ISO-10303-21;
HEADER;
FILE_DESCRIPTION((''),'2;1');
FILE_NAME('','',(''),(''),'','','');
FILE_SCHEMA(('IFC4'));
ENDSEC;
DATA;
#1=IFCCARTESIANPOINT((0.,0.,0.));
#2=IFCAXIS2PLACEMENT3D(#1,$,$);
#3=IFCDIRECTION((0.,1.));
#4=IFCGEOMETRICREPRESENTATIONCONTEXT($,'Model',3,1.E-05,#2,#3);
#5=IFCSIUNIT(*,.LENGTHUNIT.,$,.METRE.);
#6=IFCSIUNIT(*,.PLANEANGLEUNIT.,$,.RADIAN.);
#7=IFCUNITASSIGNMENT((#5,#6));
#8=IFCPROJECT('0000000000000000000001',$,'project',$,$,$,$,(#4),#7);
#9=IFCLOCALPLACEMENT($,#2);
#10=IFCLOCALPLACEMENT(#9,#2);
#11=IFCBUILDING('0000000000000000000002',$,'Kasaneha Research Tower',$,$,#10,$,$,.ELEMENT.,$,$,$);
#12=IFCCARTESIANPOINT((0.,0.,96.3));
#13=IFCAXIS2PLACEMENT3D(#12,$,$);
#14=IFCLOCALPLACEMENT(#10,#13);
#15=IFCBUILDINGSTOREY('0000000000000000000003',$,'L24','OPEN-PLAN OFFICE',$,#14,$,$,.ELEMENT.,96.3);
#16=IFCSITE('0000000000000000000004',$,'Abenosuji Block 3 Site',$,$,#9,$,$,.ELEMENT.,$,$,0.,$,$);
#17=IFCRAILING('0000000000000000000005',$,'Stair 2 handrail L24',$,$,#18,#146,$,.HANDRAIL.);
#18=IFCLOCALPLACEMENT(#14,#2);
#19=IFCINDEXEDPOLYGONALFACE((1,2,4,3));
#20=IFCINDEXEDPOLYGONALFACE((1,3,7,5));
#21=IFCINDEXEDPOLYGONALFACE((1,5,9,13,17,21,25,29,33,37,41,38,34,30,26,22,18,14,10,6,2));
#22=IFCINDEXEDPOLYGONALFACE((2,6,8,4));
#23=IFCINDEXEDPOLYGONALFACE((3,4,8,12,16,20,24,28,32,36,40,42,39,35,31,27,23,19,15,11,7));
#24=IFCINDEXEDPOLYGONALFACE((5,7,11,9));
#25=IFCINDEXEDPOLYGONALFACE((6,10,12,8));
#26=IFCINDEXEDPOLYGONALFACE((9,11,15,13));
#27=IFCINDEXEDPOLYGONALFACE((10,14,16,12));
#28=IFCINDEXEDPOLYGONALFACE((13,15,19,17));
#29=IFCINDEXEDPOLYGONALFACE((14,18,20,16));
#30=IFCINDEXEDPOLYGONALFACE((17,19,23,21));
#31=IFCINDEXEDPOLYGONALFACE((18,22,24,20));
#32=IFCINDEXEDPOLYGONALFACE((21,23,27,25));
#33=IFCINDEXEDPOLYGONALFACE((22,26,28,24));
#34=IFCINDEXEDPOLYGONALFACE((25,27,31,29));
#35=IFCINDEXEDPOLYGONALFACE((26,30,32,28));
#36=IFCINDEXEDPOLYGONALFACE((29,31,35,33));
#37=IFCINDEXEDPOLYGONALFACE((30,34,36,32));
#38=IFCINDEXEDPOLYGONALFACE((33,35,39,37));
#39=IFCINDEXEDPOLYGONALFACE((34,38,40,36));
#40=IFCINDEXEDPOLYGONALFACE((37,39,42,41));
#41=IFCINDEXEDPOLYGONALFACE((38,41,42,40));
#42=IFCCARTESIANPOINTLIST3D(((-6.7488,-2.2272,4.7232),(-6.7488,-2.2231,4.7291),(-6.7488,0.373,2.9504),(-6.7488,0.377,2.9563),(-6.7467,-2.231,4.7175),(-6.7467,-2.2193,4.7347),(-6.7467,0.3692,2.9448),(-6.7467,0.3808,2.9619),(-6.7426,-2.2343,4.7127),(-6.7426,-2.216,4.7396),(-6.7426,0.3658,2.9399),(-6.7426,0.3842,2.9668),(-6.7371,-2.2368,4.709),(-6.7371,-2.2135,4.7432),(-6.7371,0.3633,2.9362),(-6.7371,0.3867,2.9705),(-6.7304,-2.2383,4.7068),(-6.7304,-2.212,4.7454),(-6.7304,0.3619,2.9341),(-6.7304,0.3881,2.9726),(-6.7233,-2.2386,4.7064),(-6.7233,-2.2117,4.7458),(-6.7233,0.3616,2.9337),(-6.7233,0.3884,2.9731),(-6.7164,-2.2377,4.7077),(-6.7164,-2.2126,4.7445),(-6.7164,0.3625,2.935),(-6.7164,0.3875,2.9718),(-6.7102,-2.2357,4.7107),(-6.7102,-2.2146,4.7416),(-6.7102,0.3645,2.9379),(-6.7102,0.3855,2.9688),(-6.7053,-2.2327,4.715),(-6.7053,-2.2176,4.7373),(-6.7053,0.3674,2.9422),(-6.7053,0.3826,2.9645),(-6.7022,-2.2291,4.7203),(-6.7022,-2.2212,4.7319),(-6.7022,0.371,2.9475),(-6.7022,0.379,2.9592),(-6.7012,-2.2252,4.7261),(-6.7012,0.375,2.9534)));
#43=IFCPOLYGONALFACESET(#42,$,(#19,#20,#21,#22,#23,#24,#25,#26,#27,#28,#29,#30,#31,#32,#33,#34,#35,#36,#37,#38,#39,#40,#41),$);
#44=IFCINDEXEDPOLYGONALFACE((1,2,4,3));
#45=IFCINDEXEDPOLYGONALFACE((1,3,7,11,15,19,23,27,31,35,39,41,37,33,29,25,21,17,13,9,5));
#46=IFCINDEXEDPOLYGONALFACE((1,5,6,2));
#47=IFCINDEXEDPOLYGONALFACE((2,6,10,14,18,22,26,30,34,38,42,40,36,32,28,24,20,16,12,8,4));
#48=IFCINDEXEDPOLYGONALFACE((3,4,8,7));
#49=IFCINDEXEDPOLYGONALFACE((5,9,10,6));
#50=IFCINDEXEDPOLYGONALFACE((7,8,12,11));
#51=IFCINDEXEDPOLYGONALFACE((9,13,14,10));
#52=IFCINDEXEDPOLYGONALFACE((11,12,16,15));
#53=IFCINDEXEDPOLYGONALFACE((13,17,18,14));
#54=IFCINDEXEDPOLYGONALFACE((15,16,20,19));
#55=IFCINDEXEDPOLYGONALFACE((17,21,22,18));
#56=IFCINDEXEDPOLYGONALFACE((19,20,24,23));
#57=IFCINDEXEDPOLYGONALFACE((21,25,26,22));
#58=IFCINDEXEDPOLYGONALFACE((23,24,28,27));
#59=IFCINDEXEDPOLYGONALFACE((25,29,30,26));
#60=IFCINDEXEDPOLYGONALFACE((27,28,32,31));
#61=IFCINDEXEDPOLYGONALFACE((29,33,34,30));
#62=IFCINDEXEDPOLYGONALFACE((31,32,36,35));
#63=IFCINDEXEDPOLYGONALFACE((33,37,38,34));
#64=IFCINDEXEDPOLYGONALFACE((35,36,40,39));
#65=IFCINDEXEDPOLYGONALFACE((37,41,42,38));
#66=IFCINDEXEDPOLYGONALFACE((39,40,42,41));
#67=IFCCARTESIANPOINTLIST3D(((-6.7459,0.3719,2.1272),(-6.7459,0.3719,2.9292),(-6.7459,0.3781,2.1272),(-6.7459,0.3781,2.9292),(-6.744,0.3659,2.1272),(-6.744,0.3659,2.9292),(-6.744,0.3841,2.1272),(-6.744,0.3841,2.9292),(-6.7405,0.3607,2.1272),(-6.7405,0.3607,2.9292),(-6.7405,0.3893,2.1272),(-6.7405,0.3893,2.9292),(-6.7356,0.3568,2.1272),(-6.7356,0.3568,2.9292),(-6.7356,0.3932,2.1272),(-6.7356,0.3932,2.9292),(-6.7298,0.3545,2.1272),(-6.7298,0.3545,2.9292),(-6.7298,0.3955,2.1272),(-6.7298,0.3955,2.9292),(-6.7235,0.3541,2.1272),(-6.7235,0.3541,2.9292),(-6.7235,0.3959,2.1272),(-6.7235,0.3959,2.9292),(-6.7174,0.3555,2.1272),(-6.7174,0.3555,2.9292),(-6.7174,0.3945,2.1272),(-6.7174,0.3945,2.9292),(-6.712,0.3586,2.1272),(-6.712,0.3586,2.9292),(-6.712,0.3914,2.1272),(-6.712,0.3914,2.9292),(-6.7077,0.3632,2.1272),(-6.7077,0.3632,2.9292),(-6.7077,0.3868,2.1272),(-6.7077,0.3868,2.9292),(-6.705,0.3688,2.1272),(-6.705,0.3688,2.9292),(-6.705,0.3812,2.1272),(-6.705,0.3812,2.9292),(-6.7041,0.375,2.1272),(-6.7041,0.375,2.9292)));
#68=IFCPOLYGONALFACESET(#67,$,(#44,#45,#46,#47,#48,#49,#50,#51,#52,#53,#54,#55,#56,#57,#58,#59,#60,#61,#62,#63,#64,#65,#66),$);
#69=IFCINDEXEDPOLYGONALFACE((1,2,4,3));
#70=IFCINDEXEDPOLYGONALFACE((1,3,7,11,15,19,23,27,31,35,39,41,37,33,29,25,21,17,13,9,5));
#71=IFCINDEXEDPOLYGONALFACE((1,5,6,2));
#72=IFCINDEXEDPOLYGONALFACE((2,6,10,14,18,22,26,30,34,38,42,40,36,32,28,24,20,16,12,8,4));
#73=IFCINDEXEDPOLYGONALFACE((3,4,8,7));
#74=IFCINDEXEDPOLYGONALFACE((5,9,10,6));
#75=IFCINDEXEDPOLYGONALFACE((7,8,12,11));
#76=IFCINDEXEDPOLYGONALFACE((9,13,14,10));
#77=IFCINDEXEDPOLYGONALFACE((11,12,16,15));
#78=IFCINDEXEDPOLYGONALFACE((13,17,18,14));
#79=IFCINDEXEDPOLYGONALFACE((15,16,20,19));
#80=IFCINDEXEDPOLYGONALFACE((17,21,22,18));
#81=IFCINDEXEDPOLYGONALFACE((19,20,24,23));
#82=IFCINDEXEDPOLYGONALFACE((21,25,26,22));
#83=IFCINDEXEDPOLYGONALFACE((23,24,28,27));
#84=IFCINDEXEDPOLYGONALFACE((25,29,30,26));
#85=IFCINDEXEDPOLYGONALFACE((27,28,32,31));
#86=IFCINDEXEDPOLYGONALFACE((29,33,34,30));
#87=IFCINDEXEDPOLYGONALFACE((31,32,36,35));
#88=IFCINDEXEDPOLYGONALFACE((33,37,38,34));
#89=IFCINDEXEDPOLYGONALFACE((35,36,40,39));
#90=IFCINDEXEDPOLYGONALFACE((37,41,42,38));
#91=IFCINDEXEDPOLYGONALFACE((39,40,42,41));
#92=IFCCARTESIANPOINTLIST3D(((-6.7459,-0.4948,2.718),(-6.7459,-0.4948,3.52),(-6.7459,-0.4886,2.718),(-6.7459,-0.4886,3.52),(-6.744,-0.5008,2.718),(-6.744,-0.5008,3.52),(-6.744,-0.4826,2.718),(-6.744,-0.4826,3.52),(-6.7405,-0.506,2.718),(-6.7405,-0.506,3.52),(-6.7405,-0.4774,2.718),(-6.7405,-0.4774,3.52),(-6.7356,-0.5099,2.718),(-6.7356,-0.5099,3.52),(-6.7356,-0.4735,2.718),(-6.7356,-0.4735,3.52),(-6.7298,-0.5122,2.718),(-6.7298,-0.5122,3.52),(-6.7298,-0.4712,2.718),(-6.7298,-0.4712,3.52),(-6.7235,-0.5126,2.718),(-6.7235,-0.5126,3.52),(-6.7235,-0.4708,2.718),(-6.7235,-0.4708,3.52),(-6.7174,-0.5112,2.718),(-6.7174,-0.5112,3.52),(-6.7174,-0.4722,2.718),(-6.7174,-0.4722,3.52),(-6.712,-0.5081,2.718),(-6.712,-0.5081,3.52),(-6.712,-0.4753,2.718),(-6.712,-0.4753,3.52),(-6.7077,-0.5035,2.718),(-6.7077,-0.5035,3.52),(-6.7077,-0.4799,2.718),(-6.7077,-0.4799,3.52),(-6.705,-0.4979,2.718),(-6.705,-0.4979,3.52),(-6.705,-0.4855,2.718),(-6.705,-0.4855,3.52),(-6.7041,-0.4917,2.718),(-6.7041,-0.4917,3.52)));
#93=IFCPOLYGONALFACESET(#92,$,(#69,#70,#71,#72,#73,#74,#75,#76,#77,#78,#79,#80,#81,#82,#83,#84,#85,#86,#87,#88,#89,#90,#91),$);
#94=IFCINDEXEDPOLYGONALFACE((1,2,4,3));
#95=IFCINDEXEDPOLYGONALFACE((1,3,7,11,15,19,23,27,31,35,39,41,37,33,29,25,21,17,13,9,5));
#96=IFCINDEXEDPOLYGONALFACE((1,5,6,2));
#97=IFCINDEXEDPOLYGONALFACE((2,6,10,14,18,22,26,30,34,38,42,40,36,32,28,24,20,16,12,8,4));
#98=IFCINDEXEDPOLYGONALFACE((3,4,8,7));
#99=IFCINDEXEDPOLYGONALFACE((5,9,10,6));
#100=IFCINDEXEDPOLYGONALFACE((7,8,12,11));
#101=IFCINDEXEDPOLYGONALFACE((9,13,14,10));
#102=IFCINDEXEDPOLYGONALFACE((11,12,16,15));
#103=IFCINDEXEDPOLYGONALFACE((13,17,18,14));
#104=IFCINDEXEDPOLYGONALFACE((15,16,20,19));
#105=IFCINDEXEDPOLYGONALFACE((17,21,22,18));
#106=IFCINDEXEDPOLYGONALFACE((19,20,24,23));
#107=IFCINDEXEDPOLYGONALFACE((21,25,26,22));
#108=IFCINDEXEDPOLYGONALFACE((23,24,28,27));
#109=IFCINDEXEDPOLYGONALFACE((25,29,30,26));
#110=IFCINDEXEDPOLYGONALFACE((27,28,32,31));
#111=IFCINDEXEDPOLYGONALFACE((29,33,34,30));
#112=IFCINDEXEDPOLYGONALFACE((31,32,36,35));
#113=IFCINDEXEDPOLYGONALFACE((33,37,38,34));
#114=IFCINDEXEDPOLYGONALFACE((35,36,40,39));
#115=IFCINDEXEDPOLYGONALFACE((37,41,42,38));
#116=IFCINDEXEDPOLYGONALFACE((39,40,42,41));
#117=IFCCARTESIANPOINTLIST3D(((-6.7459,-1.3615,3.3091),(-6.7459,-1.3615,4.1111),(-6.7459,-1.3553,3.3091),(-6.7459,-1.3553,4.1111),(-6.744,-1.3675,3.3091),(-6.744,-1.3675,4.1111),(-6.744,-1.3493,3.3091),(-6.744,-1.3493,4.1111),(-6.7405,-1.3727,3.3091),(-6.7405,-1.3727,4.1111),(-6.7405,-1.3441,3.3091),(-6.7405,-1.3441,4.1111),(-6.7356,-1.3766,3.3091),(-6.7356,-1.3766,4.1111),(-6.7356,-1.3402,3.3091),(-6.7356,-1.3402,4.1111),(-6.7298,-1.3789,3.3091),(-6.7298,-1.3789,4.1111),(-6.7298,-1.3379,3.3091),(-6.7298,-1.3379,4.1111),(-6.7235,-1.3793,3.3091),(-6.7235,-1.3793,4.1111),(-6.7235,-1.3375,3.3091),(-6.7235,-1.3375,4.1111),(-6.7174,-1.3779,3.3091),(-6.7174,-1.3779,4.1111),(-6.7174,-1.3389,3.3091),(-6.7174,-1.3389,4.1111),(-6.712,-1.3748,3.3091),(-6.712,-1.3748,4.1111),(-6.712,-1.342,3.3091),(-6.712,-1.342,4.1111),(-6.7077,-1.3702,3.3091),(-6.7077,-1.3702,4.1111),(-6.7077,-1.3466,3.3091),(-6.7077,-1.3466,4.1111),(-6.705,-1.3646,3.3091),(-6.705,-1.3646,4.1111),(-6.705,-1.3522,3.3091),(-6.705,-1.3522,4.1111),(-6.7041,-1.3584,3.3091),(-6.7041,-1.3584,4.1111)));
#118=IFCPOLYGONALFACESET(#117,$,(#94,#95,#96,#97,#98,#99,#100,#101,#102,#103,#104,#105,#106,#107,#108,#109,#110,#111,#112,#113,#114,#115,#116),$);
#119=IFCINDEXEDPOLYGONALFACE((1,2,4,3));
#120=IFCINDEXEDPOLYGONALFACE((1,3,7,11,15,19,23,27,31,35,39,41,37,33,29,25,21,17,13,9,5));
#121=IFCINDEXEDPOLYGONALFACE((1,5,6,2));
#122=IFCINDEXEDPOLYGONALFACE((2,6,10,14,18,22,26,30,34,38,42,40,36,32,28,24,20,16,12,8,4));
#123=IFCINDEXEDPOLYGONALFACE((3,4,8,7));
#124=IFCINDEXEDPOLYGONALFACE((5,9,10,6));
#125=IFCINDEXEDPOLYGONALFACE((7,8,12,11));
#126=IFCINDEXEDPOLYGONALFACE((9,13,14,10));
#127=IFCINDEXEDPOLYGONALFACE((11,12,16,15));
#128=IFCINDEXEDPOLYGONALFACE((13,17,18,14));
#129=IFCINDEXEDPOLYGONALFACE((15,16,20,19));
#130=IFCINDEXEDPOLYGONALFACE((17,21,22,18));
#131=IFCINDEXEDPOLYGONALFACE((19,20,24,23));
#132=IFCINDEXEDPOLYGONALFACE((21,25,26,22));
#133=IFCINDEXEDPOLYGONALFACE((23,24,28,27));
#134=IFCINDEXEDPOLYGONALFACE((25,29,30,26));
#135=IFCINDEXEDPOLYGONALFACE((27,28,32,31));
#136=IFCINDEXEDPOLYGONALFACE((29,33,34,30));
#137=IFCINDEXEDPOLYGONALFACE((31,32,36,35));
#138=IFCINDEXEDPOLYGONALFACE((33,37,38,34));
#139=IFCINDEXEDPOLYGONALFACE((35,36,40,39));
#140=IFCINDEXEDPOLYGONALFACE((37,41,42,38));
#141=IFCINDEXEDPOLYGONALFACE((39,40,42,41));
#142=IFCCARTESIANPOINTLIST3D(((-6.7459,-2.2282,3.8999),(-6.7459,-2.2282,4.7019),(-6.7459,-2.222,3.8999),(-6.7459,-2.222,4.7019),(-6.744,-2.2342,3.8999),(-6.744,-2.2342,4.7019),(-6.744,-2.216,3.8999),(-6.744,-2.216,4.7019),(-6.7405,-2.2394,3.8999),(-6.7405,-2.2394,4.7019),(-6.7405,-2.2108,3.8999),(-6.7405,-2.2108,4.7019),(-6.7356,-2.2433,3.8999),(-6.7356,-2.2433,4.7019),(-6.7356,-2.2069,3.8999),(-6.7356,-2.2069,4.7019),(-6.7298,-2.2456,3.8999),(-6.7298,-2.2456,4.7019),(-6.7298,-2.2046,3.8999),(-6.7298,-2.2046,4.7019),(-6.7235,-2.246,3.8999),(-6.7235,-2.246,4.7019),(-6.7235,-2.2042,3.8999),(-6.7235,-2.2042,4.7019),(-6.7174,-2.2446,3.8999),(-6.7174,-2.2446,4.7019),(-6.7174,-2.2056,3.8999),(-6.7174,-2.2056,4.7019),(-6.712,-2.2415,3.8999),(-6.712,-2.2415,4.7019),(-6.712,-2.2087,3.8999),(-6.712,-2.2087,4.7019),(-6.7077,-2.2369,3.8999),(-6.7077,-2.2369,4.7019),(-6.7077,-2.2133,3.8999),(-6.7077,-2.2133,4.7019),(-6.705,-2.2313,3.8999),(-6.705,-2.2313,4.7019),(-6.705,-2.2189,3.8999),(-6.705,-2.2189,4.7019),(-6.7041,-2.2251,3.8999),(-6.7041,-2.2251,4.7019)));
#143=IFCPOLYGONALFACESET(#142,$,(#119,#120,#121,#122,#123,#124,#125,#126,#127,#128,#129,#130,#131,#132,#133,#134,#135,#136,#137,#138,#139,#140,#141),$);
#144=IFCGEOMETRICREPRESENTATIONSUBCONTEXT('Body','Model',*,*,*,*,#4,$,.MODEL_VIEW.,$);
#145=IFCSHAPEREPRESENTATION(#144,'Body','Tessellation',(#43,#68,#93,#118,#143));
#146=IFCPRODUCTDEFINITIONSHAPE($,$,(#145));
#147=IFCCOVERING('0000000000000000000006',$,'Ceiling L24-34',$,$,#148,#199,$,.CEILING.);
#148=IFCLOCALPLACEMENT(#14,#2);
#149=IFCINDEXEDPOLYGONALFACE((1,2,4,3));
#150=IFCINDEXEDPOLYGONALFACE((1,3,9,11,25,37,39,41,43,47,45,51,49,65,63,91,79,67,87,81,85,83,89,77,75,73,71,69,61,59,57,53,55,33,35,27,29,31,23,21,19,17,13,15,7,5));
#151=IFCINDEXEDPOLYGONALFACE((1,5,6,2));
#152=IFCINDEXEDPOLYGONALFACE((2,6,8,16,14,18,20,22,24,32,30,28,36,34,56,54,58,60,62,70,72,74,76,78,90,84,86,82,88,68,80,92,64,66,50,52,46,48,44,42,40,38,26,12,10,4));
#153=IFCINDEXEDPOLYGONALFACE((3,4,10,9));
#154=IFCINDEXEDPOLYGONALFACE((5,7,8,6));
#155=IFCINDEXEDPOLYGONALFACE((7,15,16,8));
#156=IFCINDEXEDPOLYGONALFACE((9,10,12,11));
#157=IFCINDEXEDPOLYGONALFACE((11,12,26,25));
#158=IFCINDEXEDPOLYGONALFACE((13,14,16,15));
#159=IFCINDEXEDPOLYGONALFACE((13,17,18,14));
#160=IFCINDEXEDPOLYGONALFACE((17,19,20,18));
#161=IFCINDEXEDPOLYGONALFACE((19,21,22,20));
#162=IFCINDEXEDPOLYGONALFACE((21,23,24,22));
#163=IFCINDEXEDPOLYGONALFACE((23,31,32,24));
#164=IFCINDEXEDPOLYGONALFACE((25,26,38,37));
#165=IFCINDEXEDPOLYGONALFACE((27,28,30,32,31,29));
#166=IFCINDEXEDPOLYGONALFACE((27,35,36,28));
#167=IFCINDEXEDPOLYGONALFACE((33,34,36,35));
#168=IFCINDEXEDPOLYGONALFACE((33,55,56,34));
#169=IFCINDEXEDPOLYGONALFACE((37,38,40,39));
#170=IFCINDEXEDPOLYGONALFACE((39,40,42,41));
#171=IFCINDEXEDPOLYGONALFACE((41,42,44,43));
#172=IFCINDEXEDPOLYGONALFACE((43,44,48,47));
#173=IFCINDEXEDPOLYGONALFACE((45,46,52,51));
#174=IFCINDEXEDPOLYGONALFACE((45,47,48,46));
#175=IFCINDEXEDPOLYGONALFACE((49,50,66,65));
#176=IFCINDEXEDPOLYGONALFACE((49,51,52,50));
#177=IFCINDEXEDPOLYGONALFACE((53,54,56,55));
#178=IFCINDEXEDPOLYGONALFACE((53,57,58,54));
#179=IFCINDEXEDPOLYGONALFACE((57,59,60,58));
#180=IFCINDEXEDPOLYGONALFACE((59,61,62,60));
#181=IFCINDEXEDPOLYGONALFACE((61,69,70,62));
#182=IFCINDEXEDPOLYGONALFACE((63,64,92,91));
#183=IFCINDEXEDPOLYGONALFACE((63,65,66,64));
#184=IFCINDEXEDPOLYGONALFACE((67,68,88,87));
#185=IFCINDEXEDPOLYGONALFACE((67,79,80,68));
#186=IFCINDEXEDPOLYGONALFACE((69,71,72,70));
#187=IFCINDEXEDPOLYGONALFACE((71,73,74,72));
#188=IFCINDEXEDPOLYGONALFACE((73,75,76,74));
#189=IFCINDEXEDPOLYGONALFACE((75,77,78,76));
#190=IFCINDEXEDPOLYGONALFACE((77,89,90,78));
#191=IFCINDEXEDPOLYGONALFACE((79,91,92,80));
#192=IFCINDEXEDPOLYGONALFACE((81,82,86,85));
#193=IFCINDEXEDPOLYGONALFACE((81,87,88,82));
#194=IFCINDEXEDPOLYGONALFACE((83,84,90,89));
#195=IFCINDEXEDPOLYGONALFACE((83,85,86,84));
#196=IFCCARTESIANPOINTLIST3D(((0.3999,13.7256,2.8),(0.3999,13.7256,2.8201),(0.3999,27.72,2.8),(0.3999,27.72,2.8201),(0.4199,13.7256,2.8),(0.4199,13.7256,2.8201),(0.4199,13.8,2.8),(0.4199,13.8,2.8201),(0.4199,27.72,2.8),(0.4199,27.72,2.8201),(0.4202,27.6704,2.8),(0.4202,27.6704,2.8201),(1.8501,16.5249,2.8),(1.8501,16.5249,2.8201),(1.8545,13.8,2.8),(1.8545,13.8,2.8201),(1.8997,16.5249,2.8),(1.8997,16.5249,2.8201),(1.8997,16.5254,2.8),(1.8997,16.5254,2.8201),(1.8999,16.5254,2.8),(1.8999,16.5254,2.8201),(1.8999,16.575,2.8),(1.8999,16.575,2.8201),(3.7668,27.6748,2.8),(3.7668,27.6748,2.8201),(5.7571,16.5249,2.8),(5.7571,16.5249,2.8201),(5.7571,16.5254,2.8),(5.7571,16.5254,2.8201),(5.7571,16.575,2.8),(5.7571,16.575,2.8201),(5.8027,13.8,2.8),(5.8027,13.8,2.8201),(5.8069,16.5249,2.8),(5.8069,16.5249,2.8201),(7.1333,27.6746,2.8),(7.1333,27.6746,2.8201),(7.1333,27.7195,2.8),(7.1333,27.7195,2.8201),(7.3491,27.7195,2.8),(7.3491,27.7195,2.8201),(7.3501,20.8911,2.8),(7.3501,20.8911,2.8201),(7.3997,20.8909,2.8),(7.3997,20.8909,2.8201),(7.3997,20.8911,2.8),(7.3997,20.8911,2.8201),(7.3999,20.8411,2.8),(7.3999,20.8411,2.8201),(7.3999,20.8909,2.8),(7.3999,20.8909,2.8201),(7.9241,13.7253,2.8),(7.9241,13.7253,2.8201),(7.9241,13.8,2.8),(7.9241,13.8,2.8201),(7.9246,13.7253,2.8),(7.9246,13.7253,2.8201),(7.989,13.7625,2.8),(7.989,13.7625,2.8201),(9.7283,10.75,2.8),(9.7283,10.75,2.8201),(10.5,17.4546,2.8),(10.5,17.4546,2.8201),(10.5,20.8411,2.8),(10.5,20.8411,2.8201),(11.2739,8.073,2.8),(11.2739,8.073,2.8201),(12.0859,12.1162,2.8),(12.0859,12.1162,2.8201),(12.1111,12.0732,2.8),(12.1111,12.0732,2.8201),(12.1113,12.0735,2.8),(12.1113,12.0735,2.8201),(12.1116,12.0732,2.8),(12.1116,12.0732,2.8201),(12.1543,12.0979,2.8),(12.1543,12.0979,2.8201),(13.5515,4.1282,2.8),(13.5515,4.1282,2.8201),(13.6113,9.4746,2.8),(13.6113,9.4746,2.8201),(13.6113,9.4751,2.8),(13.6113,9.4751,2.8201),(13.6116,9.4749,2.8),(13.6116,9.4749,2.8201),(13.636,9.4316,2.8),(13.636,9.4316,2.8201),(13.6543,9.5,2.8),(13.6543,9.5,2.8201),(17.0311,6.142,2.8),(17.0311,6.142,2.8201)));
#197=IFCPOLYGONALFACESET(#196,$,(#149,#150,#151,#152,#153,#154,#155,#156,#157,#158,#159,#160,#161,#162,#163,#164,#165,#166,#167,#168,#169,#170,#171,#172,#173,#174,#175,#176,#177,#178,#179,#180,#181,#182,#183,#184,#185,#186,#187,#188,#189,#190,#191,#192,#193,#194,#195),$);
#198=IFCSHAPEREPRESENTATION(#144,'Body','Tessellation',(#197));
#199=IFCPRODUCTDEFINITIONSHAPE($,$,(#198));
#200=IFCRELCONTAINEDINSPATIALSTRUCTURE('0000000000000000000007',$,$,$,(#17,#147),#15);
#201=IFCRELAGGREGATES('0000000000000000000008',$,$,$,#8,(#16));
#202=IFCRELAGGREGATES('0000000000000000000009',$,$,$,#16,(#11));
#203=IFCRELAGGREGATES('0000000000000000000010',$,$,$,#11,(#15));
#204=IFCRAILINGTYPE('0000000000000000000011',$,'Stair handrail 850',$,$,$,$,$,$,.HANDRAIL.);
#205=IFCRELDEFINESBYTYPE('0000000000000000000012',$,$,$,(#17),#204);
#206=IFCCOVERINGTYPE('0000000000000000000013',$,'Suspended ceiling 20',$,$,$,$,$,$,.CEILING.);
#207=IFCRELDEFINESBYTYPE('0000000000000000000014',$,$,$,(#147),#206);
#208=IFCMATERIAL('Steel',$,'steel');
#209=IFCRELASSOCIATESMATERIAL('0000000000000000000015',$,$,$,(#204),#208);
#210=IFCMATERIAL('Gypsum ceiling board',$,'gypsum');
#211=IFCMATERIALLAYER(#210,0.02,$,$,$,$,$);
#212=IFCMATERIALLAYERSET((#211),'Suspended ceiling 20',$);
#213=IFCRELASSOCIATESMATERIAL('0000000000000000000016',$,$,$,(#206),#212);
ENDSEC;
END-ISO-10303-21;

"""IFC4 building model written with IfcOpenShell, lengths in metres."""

from ifc_helpers import new_model, si_unit, direction, frame, origin, origin_2d, place, context, subcontext, project, spatial, polyline, circle, outline, extrude, material, layer, layer_set, type_object, element, save


model = new_model("IFC4")

# Units and contexts
model_context = context("Model", 3, precision=1e-05, world=origin(), true_north=direction((0.0, 1.0)))
body_context = subcontext(model_context, "Body", "Model", "MODEL_VIEW")
ifc_project = project(units=[si_unit("LENGTHUNIT", "METRE"), si_unit("PLANEANGLEUNIT", "RADIAN")], contexts=[model_context])

# Site, building, storey
site_placement = place(None, origin())
site = spatial("IfcSite", under=ifc_project, at=site_placement, Name="Abenosuji Block 3 Site", CompositionType="ELEMENT", RefElevation=0.0)
building_placement = place(site_placement, origin())
building = spatial("IfcBuilding", under=site, at=building_placement, Name="Kasaneha Research Tower", CompositionType="ELEMENT")
storey_placement = place(building_placement, frame((0.0, 0.0, 96.3)))
storey = spatial("IfcBuildingStorey", under=building, at=storey_placement, Name="L24", Description="OPEN-PLAN OFFICE", CompositionType="ELEMENT", Elevation=96.3)

# Railing
ifc_material_1 = material(Name="Steel", Category="steel")
railing_type = type_object("IfcRailingType", Name="Stair handrail 850", PredefinedType="HANDRAIL", material=ifc_material_1)
railing_placement = place(storey_placement, frame((-6.7251, 0.375, 2.1272)))
element("IfcRailing", 1, at=railing_placement, inside=storey, type_object=railing_type, Name="Stair 2 handrail L24", PredefinedType="HANDRAIL", context=body_context, shape_type="SweptSolid", body=[
    extrude(circle(Radius=0.0239, at=origin_2d()), frame((0.0, 0.0, 0.8262), z_axis=(0.0, -0.82624, 0.563318), x_axis=(1.0, 0.0, 0.0)), (0.0, 0.0, 1.0), 3.147),
    extrude(circle(Radius=0.021, at=origin_2d()), origin(), (0.0, 0.0, 1.0), 0.802),
    extrude(circle(Radius=0.021, at=origin_2d()), frame((0.0, -0.8667, 0.5908)), (0.0, 0.0, 1.0), 0.802),
    extrude(circle(Radius=0.021, at=origin_2d()), frame((0.0, -1.7334, 1.1819)), (0.0, 0.0, 1.0), 0.802),
    extrude(circle(Radius=0.021, at=origin_2d()), frame((0.0, -2.6001, 1.7727)), (0.0, 0.0, 1.0), 0.802),
])

# Covering
ifc_material_2 = material(Name="Gypsum ceiling board", Category="gypsum")
ifc_layer_1 = layer(ifc_material_2, 0.02)
ifc_layer_set_1 = layer_set([ifc_layer_1], Name="Suspended ceiling 20")
covering_type = type_object("IfcCoveringType", Name="Suspended ceiling 20", PredefinedType="CEILING", material=ifc_layer_set_1)
covering_1_placement = place(storey_placement, frame((0.0, 0.0, 2.8)))
element("IfcCovering", 2, at=covering_1_placement, inside=storey, type_object=covering_type, Name="Ceiling L24-34", PredefinedType="CEILING", context=body_context, shape_type="SweptSolid", body=[
    extrude(outline(polyline([(13.6116, 9.4749), (13.6113, 9.4751), (13.6543, 9.5), (12.1543, 12.0979), (12.1116, 12.0732), (12.1113, 12.0735), (12.1111, 12.0732), (12.0859, 12.1162), (9.7283, 10.75), (7.989, 13.7625), (7.9246, 13.7253), (7.9246, 13.7253), (7.9241, 13.7253), (7.9241, 13.8), (5.8027, 13.8), (5.8069, 16.5249), (5.7571, 16.5249), (5.7571, 16.5254), (5.7571, 16.5254), (5.7571, 16.575), (1.8999, 16.575), (1.8999, 16.5254), (1.8997, 16.5254), (1.8997, 16.5249), (1.8501, 16.5249), (1.8545, 13.8), (0.4199, 13.8), (0.4199, 13.7256), (0.3999, 13.7256), (0.3999, 27.72), (0.4199, 27.72), (0.4202, 27.6704), (3.7668, 27.6748), (7.1333, 27.6746), (7.1333, 27.7195), (7.3989, 27.7195), (7.3989, 27.7195), (7.3491, 27.7195), (7.3501, 20.8911), (7.3997, 20.8911), (7.3997, 20.8909), (7.3999, 20.8909), (7.3999, 20.8411), (10.5, 20.8411), (10.5, 17.4546), (17.0559, 6.0991), (17.0559, 6.0991), (17.0312, 6.1421), (13.5515, 4.1282), (11.2739, 8.073), (13.636, 9.4316), (13.6113, 9.4746), (13.6116, 9.4749)])), origin(), (0.0, 0.0, 1.0), 0.02),
])

save(model, "model.ifc")
